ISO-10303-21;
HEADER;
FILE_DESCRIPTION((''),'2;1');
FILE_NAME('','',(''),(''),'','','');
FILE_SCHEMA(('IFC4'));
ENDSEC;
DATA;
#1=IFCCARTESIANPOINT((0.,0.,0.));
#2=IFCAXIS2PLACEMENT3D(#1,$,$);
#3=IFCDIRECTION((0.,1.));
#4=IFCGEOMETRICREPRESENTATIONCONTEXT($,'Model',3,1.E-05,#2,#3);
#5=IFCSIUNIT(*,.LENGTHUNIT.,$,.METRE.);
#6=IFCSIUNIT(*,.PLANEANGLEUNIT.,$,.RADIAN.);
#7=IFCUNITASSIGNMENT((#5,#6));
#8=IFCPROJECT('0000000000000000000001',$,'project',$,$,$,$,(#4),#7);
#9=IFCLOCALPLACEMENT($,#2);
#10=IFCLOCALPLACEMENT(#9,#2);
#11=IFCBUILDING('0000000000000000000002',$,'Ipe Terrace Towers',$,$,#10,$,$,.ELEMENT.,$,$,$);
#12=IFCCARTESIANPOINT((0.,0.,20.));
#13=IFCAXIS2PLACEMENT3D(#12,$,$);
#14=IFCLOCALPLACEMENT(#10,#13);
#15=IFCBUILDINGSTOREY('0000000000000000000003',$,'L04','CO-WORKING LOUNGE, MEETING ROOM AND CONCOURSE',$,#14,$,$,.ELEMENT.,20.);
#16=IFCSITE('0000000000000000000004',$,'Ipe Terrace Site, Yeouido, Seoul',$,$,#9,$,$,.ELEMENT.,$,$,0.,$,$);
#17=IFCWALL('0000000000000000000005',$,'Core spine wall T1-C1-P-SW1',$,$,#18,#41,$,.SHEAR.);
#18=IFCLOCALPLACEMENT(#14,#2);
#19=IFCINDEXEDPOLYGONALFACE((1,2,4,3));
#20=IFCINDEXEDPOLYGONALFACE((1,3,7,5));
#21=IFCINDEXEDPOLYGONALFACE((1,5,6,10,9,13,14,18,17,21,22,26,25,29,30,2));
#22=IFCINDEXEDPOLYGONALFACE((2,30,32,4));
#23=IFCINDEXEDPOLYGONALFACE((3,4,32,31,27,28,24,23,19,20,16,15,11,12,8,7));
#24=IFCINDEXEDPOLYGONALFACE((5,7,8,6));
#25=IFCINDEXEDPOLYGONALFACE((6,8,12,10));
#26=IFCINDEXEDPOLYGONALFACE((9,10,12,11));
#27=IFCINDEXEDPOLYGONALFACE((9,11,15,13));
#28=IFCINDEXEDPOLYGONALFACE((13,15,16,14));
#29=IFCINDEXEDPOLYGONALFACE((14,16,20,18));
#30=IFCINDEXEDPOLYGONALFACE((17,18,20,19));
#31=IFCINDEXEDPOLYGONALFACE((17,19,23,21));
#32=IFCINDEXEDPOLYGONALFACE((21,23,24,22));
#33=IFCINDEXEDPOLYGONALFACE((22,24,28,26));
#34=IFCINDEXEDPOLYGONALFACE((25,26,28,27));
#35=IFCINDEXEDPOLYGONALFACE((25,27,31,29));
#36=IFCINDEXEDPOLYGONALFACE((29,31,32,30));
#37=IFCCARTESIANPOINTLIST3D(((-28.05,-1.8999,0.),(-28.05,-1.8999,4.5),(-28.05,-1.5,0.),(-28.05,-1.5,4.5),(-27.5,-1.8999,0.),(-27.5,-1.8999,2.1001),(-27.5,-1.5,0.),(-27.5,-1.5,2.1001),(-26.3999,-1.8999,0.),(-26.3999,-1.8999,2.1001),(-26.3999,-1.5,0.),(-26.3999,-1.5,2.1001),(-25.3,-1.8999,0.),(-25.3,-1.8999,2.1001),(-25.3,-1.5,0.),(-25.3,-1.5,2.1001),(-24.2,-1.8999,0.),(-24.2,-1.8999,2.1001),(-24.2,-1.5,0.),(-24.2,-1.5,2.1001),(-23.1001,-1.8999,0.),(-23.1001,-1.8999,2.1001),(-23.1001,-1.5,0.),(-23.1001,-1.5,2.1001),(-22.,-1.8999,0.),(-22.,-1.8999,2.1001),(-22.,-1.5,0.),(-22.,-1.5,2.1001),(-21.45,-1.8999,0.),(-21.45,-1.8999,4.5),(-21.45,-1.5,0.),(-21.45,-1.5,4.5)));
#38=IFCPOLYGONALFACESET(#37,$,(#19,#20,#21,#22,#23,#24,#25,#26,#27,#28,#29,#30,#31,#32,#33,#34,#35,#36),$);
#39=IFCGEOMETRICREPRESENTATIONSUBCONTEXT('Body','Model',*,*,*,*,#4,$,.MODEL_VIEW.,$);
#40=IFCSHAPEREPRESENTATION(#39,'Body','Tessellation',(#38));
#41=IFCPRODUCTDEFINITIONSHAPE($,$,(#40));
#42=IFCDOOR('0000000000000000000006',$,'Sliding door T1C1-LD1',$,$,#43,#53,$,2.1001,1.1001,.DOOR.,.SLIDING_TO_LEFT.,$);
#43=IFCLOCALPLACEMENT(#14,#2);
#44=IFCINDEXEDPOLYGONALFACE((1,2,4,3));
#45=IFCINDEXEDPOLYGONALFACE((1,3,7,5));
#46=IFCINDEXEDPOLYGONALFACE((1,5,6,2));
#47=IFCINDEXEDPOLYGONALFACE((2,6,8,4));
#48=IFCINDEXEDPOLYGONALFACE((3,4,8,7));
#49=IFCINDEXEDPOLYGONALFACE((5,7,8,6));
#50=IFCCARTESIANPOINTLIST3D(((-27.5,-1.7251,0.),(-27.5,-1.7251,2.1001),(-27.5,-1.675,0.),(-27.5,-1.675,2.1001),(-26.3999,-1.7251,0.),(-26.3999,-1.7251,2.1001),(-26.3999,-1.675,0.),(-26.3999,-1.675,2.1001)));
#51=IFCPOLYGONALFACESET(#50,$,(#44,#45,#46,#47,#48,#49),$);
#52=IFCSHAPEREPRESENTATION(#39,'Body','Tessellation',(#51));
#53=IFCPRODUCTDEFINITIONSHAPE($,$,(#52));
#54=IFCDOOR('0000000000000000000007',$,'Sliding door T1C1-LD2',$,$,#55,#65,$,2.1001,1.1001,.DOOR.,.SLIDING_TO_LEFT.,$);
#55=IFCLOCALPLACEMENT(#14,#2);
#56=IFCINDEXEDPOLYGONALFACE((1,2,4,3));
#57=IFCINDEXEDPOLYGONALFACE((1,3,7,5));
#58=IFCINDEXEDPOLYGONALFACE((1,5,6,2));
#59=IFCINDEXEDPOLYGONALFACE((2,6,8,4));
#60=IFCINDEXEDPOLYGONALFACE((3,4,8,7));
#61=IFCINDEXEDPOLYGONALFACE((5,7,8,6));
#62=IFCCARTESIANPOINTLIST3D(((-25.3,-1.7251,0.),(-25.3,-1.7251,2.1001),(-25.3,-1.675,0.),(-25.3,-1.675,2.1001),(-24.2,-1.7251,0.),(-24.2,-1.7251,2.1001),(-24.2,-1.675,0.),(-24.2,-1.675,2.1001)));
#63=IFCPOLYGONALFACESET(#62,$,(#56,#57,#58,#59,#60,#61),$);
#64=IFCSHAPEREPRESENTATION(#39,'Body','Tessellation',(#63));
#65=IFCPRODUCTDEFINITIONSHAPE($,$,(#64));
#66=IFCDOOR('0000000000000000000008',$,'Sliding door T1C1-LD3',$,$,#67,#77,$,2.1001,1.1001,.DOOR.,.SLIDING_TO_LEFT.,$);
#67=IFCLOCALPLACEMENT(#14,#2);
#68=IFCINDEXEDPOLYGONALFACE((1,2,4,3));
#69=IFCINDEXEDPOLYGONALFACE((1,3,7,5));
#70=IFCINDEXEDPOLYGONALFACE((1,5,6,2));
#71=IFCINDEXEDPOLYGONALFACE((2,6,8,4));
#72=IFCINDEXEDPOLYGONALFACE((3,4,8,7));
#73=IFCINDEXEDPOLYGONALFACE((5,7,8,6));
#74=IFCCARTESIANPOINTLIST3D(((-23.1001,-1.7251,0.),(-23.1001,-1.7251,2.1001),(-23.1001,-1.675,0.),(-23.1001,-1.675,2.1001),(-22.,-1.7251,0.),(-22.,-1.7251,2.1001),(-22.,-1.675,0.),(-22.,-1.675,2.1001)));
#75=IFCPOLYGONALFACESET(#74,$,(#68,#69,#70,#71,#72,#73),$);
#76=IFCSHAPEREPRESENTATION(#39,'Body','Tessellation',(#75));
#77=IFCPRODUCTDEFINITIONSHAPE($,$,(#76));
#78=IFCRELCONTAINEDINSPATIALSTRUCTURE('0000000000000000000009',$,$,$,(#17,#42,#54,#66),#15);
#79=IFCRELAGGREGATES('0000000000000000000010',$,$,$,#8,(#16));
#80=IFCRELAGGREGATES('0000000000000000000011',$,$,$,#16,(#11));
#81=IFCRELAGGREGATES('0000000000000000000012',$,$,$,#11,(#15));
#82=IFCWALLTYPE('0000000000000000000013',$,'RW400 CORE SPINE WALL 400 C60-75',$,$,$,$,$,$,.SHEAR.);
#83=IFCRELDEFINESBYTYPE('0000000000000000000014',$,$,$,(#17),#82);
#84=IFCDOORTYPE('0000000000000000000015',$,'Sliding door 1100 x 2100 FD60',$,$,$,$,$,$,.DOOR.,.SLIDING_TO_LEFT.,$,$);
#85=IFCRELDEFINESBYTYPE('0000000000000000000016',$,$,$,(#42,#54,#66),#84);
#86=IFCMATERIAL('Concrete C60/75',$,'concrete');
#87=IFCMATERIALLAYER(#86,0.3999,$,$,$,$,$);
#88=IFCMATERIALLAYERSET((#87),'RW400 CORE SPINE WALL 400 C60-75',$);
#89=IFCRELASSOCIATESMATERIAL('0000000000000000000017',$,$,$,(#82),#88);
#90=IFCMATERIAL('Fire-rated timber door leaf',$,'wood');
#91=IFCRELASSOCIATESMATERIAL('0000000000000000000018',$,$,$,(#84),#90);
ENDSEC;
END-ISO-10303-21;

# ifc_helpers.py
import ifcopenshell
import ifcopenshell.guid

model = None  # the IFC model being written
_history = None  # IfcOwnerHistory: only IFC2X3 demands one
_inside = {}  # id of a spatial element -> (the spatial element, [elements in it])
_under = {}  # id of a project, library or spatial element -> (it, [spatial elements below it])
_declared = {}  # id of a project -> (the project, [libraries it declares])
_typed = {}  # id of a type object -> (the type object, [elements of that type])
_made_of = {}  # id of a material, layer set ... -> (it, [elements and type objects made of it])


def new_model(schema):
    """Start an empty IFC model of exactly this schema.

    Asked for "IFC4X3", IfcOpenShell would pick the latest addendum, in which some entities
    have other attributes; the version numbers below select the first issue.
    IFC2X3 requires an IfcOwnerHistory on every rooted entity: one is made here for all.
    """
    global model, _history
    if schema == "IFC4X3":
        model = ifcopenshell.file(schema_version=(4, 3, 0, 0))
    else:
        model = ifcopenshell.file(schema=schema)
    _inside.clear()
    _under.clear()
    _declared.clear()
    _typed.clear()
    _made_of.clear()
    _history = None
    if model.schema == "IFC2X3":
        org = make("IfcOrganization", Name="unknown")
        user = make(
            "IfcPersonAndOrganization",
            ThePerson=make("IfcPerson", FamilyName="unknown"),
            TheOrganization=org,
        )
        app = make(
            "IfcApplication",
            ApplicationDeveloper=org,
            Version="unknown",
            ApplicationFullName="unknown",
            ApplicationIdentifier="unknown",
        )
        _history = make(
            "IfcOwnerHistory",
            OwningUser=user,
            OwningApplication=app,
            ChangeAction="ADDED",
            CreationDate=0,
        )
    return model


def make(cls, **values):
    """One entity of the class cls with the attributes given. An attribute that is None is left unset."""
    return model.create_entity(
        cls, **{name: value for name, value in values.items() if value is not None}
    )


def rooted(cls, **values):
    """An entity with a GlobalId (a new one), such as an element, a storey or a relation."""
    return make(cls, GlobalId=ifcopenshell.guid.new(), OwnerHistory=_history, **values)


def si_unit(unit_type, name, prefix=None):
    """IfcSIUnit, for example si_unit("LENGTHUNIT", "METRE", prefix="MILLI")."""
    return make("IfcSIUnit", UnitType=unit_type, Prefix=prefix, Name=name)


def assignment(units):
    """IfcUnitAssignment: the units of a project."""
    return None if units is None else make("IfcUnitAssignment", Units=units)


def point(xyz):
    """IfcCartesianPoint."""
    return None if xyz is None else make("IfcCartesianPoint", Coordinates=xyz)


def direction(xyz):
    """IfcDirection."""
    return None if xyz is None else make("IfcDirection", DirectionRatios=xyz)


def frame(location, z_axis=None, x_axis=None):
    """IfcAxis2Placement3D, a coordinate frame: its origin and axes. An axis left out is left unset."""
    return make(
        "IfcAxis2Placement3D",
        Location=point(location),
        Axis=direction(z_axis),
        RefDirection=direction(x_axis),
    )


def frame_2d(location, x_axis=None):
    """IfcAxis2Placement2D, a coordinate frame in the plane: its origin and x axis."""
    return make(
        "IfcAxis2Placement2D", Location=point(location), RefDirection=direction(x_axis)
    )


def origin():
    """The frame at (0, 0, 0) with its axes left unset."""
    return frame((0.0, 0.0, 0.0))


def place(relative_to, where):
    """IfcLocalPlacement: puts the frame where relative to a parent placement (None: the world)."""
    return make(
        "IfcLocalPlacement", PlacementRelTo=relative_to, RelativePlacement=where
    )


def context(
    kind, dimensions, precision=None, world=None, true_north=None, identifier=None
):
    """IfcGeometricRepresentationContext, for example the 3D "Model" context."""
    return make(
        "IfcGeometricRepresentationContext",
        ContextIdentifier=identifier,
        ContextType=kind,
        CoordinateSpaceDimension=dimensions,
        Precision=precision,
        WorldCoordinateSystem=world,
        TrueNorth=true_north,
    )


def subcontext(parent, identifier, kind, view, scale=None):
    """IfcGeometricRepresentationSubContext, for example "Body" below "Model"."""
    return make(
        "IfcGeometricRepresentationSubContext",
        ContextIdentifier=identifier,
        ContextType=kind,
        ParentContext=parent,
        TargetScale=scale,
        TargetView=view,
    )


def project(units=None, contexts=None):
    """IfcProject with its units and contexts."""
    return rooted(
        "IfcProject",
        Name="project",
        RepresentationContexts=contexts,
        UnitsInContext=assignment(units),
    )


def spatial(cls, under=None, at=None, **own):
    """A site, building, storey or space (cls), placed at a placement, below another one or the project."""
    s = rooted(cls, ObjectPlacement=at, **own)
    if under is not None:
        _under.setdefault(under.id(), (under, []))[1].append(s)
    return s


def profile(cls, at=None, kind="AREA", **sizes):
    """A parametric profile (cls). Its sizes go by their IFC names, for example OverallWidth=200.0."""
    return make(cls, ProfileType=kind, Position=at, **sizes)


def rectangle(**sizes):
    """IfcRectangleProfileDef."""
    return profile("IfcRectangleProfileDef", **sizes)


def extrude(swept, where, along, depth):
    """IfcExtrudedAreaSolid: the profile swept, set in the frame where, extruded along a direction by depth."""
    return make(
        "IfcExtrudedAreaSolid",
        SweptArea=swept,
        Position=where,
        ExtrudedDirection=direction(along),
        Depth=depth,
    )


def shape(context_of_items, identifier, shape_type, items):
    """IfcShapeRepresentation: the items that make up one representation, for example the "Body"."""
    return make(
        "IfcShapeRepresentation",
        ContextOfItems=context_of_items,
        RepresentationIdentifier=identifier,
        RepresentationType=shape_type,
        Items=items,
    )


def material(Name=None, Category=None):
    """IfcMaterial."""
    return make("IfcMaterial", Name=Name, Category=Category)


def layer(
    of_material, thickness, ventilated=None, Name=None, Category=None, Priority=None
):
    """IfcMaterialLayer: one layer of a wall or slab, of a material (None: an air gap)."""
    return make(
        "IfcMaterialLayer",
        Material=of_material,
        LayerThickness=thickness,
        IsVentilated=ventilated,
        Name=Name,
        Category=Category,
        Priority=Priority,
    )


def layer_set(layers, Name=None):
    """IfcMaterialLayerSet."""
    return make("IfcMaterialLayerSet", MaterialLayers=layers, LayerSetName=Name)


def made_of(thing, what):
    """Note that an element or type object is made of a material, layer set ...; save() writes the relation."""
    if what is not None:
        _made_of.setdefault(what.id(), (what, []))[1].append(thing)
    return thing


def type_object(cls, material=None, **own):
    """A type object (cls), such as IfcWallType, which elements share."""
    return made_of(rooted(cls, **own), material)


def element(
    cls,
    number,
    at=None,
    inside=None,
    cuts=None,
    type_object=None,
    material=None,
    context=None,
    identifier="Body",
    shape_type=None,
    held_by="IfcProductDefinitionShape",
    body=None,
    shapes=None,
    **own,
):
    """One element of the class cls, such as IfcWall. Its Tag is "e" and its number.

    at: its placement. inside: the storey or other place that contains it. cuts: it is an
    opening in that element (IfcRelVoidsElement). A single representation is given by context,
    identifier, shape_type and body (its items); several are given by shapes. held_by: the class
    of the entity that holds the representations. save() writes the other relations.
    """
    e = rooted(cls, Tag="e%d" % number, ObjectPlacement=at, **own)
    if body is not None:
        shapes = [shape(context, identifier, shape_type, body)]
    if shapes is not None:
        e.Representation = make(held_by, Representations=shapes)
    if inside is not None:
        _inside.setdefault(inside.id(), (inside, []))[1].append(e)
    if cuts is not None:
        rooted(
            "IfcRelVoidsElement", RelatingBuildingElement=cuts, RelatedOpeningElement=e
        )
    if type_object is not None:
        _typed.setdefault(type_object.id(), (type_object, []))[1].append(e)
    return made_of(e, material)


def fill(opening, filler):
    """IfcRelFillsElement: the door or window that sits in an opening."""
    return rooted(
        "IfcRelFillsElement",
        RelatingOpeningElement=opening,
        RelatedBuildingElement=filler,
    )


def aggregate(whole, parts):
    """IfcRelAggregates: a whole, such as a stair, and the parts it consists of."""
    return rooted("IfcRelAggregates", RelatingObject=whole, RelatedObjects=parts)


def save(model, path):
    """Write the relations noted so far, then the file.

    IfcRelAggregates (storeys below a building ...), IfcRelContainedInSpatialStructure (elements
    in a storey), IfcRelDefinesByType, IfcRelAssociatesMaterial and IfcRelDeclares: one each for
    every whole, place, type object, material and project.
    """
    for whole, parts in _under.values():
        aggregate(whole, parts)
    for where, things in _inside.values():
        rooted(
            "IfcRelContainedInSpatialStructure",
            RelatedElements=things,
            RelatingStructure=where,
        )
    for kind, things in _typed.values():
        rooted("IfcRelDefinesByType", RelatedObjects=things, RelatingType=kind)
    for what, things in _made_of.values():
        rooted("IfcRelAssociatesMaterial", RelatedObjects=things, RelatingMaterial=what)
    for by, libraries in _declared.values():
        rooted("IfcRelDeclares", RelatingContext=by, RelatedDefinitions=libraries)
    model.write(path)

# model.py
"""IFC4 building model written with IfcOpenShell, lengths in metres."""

from ifc_helpers import new_model, si_unit, direction, frame, frame_2d, origin, place, context, subcontext, project, spatial, rectangle, extrude, material, layer, layer_set, type_object, element, fill, save


model = new_model("IFC4")

# Units and contexts
model_context = context("Model", 3, precision=1e-05, world=origin(), true_north=direction((0.0, 1.0)))
body_context = subcontext(model_context, "Body", "Model", "MODEL_VIEW")
ifc_project = project(units=[si_unit("LENGTHUNIT", "METRE"), si_unit("PLANEANGLEUNIT", "RADIAN")], contexts=[model_context])

# Site, building, storey
site_placement = place(None, origin())
site = spatial("IfcSite", under=ifc_project, at=site_placement, Name="Ipe Terrace Site, Yeouido, Seoul", CompositionType="ELEMENT", RefElevation=0.0)
building_placement = place(site_placement, origin())
building = spatial("IfcBuilding", under=site, at=building_placement, Name="Ipe Terrace Towers", CompositionType="ELEMENT")
storey_placement = place(building_placement, frame((0.0, 0.0, 20.0)))
storey = spatial("IfcBuildingStorey", under=building, at=storey_placement, Name="L04", Description="CO-WORKING LOUNGE, MEETING ROOM AND CONCOURSE", CompositionType="ELEMENT", Elevation=20.0)

# Wall, openings, doors
ifc_material_1 = material(Name="Concrete C60/75", Category="concrete")
ifc_layer_1 = layer(ifc_material_1, 0.3999)
ifc_layer_set_1 = layer_set([ifc_layer_1], Name="RW400 CORE SPINE WALL 400 C60-75")
wall_type_1 = type_object("IfcWallType", Name="RW400 CORE SPINE WALL 400 C60-75", PredefinedType="SHEAR", material=ifc_layer_set_1)
wall_1_placement = place(storey_placement, frame((-28.05, -1.7, 0.0), z_axis=(0.0, 0.0, 1.0), x_axis=(1.0, 0.0, 0.0)))
wall_1 = element("IfcWall", 1, at=wall_1_placement, inside=storey, type_object=wall_type_1, Name="Core spine wall T1-C1-P-SW1", PredefinedType="SHEAR", context=body_context, shape_type="SweptSolid", body=[
    extrude(rectangle(XDim=6.6001, YDim=0.3999, at=frame_2d((3.3, 0.0))), origin(), (0.0, 0.0, 1.0), 4.5),
])
opening_1_placement = place(wall_1_placement, frame((0.55, 0.0, 0.0)))
opening_1 = element("IfcOpeningElement", 2, at=opening_1_placement, cuts=wall_1, PredefinedType="OPENING", context=body_context, shape_type="SweptSolid", body=[
    extrude(rectangle(XDim=1.1001, YDim=2.1001, at=frame_2d((0.55, 1.05))), frame((0.0, 0.21, 0.0), z_axis=(0.0, -1.0, 0.0), x_axis=(1.0, 0.0, 0.0)), (0.0, 0.0, 1.0), 0.4199),
])
opening_2_placement = place(wall_1_placement, frame((2.75, 0.0, 0.0)))
opening_2 = element("IfcOpeningElement", 3, at=opening_2_placement, cuts=wall_1, PredefinedType="OPENING", context=body_context, shape_type="SweptSolid", body=[
    extrude(rectangle(XDim=1.1001, YDim=2.1001, at=frame_2d((0.55, 1.05))), frame((0.0, 0.21, 0.0), z_axis=(0.0, -1.0, 0.0), x_axis=(1.0, 0.0, 0.0)), (0.0, 0.0, 1.0), 0.4199),
])
opening_3_placement = place(wall_1_placement, frame((4.95, 0.0, 0.0)))
opening_3 = element("IfcOpeningElement", 4, at=opening_3_placement, cuts=wall_1, PredefinedType="OPENING", context=body_context, shape_type="SweptSolid", body=[
    extrude(rectangle(XDim=1.1001, YDim=2.1001, at=frame_2d((0.55, 1.05))), frame((0.0, 0.21, 0.0), z_axis=(0.0, -1.0, 0.0), x_axis=(1.0, 0.0, 0.0)), (0.0, 0.0, 1.0), 0.4199),
])
ifc_material_2 = material(Name="Fire-rated timber door leaf", Category="wood")
door_type_1 = type_object("IfcDoorType", Name="Sliding door 1100 x 2100 FD60", OperationType="SLIDING_TO_LEFT", PredefinedType="DOOR", material=ifc_material_2)
door_1_placement = place(opening_1_placement, origin())
door_1 = element("IfcDoor", 5, at=door_1_placement, inside=storey, type_object=door_type_1, Name="Sliding door T1C1-LD1", OperationType="SLIDING_TO_LEFT", OverallHeight=2.1001, OverallWidth=1.1001, PredefinedType="DOOR", context=body_context, shape_type="SweptSolid", body=[
    extrude(rectangle(XDim=1.1001, YDim=2.1001, at=frame_2d((0.55, 1.05))), frame((0.0, 0.0249, 0.0), z_axis=(0.0, -1.0, 0.0), x_axis=(1.0, 0.0, 0.0)), (0.0, 0.0, 1.0), 0.05),
])
fill(opening_1, door_1)
door_2_placement = place(opening_2_placement, origin())
door_2 = element("IfcDoor", 6, at=door_2_placement, inside=storey, type_object=door_type_1, Name="Sliding door T1C1-LD2", OperationType="SLIDING_TO_LEFT", OverallHeight=2.1001, OverallWidth=1.1001, PredefinedType="DOOR", context=body_context, shape_type="SweptSolid", body=[
    extrude(rectangle(XDim=1.1001, YDim=2.1001, at=frame_2d((0.55, 1.05))), frame((0.0, 0.0249, 0.0), z_axis=(0.0, -1.0, 0.0), x_axis=(1.0, 0.0, 0.0)), (0.0, 0.0, 1.0), 0.05),
])
fill(opening_2, door_2)
door_3_placement = place(opening_3_placement, origin())
door_3 = element("IfcDoor", 7, at=door_3_placement, inside=storey, type_object=door_type_1, Name="Sliding door T1C1-LD3", OperationType="SLIDING_TO_LEFT", OverallHeight=2.1001, OverallWidth=1.1001, PredefinedType="DOOR", context=body_context, shape_type="SweptSolid", body=[
    extrude(rectangle(XDim=1.1001, YDim=2.1001, at=frame_2d((0.55, 1.05))), frame((0.0, 0.0249, 0.0), z_axis=(0.0, -1.0, 0.0), x_axis=(1.0, 0.0, 0.0)), (0.0, 0.0, 1.0), 0.05),
])
fill(opening_3, door_3)

save(model, "model.ifc")
